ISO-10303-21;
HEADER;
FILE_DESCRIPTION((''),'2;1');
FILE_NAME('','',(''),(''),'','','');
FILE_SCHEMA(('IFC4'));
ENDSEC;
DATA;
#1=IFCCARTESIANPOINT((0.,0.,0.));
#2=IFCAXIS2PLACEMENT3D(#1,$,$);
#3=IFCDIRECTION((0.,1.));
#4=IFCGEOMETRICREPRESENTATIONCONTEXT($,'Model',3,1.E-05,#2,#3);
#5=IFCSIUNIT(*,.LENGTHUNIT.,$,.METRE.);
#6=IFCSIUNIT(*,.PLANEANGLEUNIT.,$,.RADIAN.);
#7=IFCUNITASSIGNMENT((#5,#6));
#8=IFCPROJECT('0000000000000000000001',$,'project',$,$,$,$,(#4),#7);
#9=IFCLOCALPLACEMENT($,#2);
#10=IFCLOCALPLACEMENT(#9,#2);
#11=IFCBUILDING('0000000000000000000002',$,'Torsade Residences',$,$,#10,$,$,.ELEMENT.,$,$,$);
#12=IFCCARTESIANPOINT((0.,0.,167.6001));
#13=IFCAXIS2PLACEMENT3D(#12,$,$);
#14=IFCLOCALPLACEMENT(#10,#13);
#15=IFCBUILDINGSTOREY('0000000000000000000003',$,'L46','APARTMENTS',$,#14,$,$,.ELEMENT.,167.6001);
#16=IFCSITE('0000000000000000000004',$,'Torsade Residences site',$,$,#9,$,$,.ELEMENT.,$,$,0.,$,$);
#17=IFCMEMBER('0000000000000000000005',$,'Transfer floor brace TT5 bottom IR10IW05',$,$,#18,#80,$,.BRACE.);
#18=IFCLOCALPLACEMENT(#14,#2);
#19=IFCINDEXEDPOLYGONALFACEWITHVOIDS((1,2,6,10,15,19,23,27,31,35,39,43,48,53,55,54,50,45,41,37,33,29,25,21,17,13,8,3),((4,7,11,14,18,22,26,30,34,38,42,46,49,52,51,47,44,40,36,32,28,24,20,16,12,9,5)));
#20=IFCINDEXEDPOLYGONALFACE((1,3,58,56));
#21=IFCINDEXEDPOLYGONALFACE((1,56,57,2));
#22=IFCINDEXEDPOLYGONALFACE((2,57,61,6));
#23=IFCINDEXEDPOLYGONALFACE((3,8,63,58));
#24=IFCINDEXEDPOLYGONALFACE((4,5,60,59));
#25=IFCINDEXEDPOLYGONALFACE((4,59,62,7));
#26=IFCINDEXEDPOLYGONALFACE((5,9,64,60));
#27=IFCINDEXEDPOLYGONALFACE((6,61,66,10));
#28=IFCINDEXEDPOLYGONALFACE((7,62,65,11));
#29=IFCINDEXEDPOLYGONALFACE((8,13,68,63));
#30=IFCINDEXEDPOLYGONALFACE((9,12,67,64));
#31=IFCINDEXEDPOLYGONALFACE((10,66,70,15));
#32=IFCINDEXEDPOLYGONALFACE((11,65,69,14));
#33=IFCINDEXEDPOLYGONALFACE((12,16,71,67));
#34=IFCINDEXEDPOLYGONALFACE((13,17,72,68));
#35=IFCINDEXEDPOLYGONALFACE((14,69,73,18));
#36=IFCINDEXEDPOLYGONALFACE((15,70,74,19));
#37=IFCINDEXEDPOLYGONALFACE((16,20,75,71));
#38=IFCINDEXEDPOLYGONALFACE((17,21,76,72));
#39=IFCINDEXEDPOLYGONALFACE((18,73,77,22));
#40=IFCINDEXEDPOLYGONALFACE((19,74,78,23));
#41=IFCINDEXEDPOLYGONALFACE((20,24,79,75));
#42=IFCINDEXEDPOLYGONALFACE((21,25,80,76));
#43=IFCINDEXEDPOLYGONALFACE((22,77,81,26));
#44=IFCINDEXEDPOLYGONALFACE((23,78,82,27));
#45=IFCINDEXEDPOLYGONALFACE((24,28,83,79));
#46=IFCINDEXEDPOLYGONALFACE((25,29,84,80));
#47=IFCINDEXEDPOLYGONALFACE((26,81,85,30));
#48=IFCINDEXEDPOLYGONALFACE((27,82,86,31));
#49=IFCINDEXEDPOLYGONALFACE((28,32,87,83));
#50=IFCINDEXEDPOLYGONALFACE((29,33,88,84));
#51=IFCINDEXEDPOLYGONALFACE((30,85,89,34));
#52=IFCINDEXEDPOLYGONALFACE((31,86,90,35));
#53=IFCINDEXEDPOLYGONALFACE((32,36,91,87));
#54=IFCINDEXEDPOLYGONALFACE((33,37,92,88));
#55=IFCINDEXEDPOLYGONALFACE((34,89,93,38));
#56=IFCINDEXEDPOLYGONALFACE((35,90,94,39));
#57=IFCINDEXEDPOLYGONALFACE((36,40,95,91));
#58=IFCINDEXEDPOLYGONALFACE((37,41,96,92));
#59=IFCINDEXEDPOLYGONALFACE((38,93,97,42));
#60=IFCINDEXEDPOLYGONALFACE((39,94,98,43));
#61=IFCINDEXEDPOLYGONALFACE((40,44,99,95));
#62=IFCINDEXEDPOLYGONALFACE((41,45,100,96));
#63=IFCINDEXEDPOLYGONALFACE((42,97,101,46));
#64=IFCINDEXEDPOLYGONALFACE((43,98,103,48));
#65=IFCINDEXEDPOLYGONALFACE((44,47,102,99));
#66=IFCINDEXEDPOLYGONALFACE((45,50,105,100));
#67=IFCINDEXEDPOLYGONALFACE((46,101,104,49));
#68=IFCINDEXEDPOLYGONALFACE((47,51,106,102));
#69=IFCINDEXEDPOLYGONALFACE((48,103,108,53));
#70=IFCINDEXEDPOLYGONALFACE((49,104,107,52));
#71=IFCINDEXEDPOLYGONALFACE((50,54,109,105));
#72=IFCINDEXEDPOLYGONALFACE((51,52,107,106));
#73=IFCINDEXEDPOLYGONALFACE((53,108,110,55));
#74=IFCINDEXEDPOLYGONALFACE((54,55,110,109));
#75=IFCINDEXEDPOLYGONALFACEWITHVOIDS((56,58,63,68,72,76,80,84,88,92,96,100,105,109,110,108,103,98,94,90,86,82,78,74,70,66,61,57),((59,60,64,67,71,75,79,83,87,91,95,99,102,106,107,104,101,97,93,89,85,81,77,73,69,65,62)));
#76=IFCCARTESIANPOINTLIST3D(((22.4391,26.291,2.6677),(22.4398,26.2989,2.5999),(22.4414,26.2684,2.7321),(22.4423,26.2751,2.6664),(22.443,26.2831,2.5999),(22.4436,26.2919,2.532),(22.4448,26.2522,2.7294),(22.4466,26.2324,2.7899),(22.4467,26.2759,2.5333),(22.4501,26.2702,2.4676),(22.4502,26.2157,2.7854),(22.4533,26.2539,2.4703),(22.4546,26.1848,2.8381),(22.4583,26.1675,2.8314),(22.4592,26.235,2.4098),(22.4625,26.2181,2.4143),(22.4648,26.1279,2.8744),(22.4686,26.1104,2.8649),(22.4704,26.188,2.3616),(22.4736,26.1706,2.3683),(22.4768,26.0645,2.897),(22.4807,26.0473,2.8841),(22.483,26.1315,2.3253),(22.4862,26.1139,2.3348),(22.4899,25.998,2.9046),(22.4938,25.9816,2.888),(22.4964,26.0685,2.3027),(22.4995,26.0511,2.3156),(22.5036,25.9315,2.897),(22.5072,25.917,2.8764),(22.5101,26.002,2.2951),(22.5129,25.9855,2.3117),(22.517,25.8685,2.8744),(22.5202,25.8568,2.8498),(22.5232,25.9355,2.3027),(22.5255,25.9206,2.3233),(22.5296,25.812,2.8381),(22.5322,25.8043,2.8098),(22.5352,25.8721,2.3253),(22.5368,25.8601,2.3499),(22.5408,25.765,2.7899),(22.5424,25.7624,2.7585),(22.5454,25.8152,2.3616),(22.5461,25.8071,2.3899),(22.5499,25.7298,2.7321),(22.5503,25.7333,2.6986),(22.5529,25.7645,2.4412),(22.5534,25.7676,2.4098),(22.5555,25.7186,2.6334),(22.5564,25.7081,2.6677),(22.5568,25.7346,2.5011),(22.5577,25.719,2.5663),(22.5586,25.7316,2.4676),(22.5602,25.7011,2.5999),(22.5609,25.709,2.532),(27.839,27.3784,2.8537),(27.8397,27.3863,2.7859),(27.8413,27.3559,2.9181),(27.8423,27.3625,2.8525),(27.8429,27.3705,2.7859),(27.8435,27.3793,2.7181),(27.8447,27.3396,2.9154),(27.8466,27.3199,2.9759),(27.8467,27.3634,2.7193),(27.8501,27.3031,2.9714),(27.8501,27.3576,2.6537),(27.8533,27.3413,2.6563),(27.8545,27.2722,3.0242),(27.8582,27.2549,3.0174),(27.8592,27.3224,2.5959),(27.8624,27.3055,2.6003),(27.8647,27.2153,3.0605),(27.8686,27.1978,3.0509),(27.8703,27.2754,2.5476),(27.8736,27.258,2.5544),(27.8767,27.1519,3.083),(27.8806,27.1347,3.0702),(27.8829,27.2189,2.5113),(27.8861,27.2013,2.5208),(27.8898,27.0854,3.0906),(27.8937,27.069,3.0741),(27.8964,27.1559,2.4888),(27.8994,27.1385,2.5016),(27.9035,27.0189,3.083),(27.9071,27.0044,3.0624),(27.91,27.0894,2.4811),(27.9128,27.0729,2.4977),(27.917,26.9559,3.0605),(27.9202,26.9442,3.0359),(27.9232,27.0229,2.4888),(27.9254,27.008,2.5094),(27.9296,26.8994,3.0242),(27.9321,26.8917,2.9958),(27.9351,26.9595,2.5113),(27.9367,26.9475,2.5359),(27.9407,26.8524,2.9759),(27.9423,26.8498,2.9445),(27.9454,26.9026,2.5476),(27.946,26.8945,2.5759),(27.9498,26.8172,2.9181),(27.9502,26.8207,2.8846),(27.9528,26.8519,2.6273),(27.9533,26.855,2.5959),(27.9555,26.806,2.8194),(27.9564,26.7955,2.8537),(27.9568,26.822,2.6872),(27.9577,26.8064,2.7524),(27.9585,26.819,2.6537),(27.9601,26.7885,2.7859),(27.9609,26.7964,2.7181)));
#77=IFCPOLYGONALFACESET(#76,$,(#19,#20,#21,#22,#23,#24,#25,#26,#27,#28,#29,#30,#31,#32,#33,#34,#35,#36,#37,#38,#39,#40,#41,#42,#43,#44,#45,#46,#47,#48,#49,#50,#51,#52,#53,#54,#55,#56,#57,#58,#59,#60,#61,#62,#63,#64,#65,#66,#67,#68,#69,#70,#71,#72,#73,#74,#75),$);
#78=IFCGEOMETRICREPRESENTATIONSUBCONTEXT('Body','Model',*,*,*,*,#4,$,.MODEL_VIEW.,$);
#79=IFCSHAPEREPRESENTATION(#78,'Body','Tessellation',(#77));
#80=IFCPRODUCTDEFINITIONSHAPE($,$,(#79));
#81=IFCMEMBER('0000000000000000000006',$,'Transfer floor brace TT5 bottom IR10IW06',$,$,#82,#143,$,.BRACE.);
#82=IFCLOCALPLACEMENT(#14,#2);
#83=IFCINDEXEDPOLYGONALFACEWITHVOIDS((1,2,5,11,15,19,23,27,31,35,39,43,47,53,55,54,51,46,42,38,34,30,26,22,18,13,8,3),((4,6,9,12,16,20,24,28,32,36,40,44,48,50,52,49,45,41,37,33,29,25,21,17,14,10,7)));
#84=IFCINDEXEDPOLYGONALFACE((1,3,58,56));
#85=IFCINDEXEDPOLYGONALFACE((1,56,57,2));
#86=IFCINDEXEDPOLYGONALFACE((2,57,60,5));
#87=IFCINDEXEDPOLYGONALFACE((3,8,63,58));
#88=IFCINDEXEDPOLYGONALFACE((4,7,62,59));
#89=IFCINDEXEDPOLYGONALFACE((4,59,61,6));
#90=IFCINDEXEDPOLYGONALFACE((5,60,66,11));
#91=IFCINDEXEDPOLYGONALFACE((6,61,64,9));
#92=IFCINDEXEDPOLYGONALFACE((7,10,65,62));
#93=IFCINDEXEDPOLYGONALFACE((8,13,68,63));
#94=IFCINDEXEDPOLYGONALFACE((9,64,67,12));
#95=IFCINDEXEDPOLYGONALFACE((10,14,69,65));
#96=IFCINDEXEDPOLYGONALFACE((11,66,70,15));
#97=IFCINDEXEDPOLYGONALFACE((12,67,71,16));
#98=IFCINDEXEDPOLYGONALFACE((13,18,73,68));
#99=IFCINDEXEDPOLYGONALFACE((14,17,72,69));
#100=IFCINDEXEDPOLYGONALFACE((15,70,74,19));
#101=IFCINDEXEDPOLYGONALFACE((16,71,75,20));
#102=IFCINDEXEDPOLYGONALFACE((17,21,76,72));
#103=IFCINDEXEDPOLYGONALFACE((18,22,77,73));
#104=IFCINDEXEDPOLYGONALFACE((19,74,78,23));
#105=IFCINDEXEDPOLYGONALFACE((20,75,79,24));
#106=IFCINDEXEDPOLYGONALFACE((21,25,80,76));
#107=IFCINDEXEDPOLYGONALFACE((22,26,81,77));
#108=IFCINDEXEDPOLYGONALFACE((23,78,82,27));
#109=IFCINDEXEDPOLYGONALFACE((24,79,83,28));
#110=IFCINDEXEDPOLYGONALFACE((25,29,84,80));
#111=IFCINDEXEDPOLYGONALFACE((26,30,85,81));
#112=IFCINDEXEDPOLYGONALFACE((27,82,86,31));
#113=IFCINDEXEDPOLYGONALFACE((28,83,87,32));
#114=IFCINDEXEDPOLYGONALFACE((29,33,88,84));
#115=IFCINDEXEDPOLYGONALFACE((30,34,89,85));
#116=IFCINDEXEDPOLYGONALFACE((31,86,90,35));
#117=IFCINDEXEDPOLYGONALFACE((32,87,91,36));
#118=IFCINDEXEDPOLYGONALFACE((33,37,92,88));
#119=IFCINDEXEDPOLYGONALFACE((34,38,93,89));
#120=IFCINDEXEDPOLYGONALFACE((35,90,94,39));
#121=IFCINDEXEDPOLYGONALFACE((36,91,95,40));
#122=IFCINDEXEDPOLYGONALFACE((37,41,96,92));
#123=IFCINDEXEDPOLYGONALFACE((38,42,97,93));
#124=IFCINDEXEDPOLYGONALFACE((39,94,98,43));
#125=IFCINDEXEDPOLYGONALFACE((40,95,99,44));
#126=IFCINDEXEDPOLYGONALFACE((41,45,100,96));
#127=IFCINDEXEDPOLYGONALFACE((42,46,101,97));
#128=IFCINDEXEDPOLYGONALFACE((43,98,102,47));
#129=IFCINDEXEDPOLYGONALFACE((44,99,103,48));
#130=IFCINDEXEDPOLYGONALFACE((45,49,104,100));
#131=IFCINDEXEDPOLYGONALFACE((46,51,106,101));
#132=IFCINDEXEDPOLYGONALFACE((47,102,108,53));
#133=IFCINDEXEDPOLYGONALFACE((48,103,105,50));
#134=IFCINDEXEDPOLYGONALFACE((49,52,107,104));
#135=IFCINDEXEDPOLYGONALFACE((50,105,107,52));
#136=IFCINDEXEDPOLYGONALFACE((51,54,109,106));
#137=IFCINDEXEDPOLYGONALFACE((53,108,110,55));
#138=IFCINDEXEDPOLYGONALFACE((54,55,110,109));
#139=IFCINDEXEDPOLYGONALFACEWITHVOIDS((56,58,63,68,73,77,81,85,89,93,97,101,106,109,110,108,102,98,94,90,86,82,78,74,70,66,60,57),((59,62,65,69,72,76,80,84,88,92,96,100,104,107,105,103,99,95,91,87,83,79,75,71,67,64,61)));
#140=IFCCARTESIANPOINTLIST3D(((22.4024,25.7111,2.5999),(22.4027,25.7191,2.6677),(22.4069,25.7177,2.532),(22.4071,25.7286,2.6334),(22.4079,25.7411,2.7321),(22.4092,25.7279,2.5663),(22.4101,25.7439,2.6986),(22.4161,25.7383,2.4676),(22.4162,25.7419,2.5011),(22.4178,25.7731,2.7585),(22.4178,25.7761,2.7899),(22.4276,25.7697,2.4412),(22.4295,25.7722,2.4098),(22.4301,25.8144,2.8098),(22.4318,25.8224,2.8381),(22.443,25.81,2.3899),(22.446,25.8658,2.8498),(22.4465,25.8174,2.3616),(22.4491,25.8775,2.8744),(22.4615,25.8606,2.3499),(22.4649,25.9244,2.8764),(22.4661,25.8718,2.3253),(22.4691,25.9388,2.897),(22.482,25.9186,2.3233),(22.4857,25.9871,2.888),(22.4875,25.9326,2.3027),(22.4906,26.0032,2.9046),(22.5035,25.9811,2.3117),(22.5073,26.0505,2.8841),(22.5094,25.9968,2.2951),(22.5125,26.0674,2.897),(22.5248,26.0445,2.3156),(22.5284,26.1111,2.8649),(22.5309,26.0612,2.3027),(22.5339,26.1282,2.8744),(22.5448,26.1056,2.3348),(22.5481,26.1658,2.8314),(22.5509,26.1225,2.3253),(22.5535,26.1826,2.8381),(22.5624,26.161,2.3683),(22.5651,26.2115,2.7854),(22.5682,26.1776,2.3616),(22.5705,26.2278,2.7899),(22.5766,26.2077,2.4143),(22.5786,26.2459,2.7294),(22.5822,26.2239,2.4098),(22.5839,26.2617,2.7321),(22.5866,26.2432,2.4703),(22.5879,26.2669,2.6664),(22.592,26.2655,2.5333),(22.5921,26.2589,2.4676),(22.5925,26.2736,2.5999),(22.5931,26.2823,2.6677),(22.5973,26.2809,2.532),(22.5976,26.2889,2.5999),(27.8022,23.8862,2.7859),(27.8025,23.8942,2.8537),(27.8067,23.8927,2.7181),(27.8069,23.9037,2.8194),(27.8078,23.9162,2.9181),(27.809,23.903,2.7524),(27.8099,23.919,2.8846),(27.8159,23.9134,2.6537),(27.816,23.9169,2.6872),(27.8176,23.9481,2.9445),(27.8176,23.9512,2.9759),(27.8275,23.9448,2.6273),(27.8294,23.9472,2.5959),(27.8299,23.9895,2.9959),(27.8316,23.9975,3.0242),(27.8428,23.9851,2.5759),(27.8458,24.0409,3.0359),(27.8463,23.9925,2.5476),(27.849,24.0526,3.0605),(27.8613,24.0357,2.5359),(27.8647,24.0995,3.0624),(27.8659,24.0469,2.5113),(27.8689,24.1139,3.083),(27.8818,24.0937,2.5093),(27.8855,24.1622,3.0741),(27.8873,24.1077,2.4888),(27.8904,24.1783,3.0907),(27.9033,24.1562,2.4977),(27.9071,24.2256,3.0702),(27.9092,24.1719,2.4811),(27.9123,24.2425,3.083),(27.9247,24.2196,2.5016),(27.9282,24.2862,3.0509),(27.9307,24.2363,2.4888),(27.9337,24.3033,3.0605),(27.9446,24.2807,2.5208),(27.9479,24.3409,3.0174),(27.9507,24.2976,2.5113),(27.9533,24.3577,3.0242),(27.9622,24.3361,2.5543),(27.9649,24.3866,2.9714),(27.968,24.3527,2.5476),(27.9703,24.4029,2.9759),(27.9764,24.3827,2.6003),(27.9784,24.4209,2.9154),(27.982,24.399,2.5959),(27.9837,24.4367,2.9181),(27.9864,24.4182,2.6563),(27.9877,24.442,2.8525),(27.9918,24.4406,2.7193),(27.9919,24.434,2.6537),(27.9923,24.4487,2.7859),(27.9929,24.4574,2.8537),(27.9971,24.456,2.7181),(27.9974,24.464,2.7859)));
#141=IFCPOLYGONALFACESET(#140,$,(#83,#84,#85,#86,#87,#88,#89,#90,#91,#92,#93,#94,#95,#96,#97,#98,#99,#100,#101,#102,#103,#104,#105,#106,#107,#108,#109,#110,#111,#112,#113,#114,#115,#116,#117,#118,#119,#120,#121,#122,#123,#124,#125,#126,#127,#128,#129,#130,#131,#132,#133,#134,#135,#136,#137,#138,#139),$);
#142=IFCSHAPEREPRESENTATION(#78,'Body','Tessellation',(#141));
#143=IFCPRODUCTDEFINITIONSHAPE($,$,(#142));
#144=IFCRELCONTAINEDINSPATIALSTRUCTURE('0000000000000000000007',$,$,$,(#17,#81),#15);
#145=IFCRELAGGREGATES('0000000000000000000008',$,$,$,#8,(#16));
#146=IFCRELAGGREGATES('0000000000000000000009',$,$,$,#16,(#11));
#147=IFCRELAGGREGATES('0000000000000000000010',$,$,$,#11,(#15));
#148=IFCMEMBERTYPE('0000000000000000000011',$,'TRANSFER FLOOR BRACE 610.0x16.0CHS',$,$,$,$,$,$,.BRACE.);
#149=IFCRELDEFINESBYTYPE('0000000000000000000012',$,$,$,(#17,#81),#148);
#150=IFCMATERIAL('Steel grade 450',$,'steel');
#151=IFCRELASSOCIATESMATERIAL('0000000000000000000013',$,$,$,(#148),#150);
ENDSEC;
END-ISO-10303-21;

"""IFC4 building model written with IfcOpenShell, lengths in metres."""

from ifc_helpers import new_model, si_unit, direction, frame, origin, origin_2d, place, context, subcontext, project, spatial, hollow_circle, extrude, material, material_profile, profile_set, type_object, element, save


model = new_model("IFC4")

# Units and contexts
model_context = context("Model", 3, precision=1e-05, world=origin(), true_north=direction((0.0, 1.0)))
body_context = subcontext(model_context, "Body", "Model", "MODEL_VIEW")
ifc_project = project(units=[si_unit("LENGTHUNIT", "METRE"), si_unit("PLANEANGLEUNIT", "RADIAN")], contexts=[model_context])

# Site, building, storey
site_placement = place(None, origin())
site = spatial("IfcSite", under=ifc_project, at=site_placement, Name="Torsade Residences site", CompositionType="ELEMENT", RefElevation=0.0)
building_placement = place(site_placement, origin())
building = spatial("IfcBuilding", under=site, at=building_placement, Name="Torsade Residences", CompositionType="ELEMENT")
storey_placement = place(building_placement, frame((0.0, 0.0, 167.6001)))
storey = spatial("IfcBuildingStorey", under=building, at=storey_placement, Name="L46", Description="APARTMENTS", CompositionType="ELEMENT", Elevation=167.6001)

# Members
ifc_material_1 = material(Name="Steel grade 450", Category="steel")
ifc_material_profile_1 = material_profile(ifc_material_1, hollow_circle(Radius=0.3049, WallThickness=0.0161, at=origin_2d()), Name="610.0x16.0CHS")
ifc_profile_set_1 = profile_set([ifc_material_profile_1], Name="Steel grade 450")
member_type_1 = type_object("IfcMemberType", Name="TRANSFER FLOOR BRACE 610.0x16.0CHS", PredefinedType="BRACE", material=ifc_profile_set_1)
member_1_placement = place(storey_placement, frame((22.5, 26.0, 2.5999), z_axis=(0.979762, 0.197299, 0.033754), x_axis=(-0.197412, 0.980321, 0.0)))
element("IfcMember", 1, at=member_1_placement, inside=storey, type_object=member_type_1, Name="Transfer floor brace TT5 bottom IR10IW05", PredefinedType="BRACE", context=body_context, shape_type="SweptSolid", body=[
    extrude(hollow_circle(Radius=0.3049, WallThickness=0.0161, at=origin_2d()), origin(), (0.0, 0.0, 1.0), 5.5115),
])
member_2_placement = place(storey_placement, frame((22.5, 26.0, 2.5999), z_axis=(0.946856, -0.319999, 0.032621), x_axis=(0.32017, 0.94736, 0.0)))
element("IfcMember", 2, at=member_2_placement, inside=storey, type_object=member_type_1, Name="Transfer floor brace TT5 bottom IR10IW06", PredefinedType="BRACE", context=body_context, shape_type="SweptSolid", body=[
    extrude(hollow_circle(Radius=0.3049, WallThickness=0.0161, at=origin_2d()), origin(), (0.0, 0.0, 1.0), 5.7029),
])

save(model, "model.ifc")
